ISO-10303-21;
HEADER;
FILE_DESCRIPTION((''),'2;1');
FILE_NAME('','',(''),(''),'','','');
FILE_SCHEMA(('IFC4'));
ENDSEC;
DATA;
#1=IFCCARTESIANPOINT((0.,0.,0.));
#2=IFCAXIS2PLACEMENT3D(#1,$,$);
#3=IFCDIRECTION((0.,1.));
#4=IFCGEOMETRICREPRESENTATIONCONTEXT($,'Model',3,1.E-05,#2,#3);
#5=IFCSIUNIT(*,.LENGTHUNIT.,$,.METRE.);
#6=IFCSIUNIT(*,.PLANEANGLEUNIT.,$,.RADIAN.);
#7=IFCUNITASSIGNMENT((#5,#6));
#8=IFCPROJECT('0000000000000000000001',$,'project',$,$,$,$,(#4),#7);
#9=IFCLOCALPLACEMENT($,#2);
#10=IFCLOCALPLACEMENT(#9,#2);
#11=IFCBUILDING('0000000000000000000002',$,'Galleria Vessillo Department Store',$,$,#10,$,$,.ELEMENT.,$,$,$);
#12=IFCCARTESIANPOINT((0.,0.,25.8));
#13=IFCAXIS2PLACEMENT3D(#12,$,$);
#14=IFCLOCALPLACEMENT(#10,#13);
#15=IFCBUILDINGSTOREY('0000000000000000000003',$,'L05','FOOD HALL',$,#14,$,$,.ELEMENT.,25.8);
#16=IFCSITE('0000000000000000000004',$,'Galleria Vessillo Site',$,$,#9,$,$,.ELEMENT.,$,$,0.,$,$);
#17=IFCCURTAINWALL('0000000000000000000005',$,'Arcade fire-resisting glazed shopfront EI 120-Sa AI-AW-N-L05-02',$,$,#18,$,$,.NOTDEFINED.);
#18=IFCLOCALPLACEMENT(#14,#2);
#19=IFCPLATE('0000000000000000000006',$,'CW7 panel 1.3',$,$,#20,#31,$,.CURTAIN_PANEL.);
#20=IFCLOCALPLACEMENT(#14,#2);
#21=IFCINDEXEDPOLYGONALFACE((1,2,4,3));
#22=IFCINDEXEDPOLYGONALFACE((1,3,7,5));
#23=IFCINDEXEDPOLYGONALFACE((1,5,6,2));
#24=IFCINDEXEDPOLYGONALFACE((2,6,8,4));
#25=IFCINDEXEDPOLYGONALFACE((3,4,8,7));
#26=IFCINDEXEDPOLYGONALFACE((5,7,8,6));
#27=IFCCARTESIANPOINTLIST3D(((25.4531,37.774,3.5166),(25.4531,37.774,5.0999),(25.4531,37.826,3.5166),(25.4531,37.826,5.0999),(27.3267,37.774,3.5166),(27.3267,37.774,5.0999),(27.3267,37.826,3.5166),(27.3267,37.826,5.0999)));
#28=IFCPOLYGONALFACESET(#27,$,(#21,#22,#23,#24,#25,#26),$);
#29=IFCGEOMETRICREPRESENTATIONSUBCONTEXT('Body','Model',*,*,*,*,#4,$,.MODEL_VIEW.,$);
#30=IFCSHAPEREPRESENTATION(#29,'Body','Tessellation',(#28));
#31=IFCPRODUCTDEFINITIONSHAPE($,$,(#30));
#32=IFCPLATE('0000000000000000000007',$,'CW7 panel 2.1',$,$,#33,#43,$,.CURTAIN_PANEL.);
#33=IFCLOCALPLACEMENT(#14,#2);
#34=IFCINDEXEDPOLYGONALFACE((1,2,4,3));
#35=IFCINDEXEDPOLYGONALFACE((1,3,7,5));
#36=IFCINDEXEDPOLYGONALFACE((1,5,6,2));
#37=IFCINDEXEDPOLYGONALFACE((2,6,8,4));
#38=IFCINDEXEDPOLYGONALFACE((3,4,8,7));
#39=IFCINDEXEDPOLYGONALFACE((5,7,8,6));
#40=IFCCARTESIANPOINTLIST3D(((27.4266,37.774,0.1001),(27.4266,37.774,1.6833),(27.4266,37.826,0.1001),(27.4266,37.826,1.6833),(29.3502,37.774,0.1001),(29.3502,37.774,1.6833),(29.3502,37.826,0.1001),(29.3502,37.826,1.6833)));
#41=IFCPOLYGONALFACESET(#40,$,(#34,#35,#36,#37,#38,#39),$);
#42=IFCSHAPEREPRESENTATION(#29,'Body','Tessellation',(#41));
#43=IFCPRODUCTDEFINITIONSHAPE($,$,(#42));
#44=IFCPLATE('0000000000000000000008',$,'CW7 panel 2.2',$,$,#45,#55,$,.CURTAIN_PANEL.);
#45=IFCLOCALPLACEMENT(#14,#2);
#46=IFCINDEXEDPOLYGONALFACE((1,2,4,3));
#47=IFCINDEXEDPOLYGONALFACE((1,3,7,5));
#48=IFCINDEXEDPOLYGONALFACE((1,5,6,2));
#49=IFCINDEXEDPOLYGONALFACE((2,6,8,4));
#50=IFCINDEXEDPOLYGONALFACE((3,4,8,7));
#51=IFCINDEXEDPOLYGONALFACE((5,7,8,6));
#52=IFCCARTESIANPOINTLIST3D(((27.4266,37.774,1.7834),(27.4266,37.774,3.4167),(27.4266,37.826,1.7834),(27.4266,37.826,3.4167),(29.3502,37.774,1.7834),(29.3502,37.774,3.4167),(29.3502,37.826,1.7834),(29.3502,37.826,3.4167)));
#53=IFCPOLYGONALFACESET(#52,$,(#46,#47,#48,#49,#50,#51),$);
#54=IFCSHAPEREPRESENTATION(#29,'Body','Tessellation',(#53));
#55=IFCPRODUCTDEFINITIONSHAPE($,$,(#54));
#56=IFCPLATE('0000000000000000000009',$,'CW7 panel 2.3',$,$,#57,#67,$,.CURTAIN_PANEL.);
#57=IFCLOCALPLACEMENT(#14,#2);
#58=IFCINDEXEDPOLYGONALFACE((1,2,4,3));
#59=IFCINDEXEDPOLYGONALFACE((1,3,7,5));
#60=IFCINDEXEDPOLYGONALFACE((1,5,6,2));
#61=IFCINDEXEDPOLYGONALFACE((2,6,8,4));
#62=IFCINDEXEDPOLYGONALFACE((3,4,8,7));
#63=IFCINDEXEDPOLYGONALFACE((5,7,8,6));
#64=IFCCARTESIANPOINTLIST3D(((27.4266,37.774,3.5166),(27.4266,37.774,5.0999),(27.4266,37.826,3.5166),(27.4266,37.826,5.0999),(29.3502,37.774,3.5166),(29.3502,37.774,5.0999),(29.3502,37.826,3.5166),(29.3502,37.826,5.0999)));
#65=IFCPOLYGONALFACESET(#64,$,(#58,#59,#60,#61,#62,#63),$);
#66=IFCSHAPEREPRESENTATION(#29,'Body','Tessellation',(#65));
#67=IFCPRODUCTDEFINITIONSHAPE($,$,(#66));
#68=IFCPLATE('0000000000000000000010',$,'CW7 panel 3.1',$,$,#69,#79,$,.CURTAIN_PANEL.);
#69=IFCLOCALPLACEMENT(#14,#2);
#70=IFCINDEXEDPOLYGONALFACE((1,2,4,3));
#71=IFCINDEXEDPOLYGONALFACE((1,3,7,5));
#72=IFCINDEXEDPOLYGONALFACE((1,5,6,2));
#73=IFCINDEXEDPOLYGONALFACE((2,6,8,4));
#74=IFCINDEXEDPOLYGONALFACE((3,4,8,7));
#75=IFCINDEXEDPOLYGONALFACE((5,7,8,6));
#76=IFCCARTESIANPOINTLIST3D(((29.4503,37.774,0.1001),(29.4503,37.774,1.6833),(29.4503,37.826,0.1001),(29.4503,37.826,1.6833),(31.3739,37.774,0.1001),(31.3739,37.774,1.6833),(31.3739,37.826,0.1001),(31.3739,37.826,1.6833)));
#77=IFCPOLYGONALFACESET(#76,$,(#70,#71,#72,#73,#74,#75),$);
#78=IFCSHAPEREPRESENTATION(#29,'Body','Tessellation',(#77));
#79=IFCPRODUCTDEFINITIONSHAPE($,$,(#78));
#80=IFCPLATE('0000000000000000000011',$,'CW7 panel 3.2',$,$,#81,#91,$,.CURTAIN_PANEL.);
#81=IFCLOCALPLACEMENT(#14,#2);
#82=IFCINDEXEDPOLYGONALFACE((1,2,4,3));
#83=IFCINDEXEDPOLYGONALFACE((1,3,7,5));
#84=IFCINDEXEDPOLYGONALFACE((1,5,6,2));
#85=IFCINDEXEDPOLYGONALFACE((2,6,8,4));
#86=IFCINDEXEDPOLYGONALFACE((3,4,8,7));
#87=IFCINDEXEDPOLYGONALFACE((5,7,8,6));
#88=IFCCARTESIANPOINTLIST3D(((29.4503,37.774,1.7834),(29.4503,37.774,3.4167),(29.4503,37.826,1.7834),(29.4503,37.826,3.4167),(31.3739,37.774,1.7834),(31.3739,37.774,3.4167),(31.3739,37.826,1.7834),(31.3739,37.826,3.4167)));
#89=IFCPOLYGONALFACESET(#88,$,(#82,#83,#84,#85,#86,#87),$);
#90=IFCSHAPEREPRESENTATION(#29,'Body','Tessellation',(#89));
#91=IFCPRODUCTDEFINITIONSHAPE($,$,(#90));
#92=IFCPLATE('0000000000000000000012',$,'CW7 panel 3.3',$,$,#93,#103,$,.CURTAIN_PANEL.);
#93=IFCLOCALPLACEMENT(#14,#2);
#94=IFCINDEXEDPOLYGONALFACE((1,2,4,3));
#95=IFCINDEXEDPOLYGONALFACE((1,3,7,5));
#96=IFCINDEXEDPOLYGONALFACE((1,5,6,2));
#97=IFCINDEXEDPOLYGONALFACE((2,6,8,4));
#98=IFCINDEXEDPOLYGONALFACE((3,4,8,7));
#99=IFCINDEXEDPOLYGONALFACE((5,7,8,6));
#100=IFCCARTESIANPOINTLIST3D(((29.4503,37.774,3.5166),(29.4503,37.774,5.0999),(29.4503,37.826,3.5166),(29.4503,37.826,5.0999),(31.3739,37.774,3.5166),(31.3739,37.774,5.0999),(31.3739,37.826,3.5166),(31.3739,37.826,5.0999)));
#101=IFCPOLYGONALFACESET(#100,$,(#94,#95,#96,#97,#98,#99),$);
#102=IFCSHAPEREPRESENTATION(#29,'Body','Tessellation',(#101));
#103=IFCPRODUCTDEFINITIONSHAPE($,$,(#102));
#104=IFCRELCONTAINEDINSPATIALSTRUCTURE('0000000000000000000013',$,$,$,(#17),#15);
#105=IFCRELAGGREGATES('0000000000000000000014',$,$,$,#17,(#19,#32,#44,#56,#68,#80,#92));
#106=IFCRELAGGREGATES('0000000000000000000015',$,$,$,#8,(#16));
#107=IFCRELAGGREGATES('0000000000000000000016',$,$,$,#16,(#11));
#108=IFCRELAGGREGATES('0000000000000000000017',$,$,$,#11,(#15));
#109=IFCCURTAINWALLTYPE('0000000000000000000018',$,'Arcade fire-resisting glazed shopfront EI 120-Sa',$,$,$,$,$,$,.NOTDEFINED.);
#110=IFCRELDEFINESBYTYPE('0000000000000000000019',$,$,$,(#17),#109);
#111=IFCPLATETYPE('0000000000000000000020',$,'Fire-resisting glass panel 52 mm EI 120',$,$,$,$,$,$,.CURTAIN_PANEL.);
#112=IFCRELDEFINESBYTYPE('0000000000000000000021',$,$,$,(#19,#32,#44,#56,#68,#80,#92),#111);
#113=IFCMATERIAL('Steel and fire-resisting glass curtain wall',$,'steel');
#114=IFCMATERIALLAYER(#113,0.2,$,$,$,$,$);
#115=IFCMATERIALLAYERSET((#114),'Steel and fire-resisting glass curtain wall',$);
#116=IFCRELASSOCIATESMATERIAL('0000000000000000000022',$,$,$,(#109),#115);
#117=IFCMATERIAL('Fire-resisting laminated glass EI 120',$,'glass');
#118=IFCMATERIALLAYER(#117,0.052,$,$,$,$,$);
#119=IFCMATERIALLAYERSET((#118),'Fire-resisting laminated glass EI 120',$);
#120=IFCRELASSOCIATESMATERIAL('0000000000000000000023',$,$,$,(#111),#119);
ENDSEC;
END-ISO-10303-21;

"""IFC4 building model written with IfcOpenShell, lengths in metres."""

from ifc_helpers import new_model, si_unit, direction, frame, origin, origin_2d, place, context, subcontext, project, spatial, rectangle, extrude, material, layer, layer_set, type_object, element, aggregate, save


model = new_model("IFC4")

# Units and contexts
model_context = context("Model", 3, precision=1e-05, world=origin(), true_north=direction((0.0, 1.0)))
body_context = subcontext(model_context, "Body", "Model", "MODEL_VIEW")
ifc_project = project(units=[si_unit("LENGTHUNIT", "METRE"), si_unit("PLANEANGLEUNIT", "RADIAN")], contexts=[model_context])

# Site, building, storey
site_placement = place(None, origin())
site = spatial("IfcSite", under=ifc_project, at=site_placement, Name="Galleria Vessillo Site", CompositionType="ELEMENT", RefElevation=0.0)
building_placement = place(site_placement, origin())
building = spatial("IfcBuilding", under=site, at=building_placement, Name="Galleria Vessillo Department Store", CompositionType="ELEMENT")
storey_placement = place(building_placement, frame((0.0, 0.0, 25.8)))
storey = spatial("IfcBuildingStorey", under=building, at=storey_placement, Name="L05", Description="FOOD HALL", CompositionType="ELEMENT", Elevation=25.8)

# Curtain wall
ifc_material_1 = material(Name="Steel and fire-resisting glass curtain wall", Category="steel")
ifc_layer_1 = layer(ifc_material_1, 0.2)
ifc_layer_set_1 = layer_set([ifc_layer_1], Name="Steel and fire-resisting glass curtain wall")
curtain_wall_type = type_object("IfcCurtainWallType", Name="Arcade fire-resisting glazed shopfront EI 120-Sa", PredefinedType="NOTDEFINED", material=ifc_layer_set_1)
curtain_wall_1_placement = place(storey_placement, origin())
curtain_wall_1 = element("IfcCurtainWall", 1, at=curtain_wall_1_placement, inside=storey, type_object=curtain_wall_type, Name="Arcade fire-resisting glazed shopfront EI 120-Sa AI-AW-N-L05-02", PredefinedType="NOTDEFINED")

# Plates
ifc_material_2 = material(Name="Fire-resisting laminated glass EI 120", Category="glass")
ifc_layer_2 = layer(ifc_material_2, 0.052)
ifc_layer_set_2 = layer_set([ifc_layer_2], Name="Fire-resisting laminated glass EI 120")
plate_type = type_object("IfcPlateType", Name="Fire-resisting glass panel 52 mm EI 120", PredefinedType="CURTAIN_PANEL", material=ifc_layer_set_2)
plate_1_placement = place(storey_placement, frame((26.3899, 37.8, 3.5166), z_axis=(0.0, 0.0, 1.0), x_axis=(1.0, 0.0, 0.0)))
plate_1 = element("IfcPlate", 2, at=plate_1_placement, type_object=plate_type, Name="CW7 panel 1.3", PredefinedType="CURTAIN_PANEL", context=body_context, shape_type="SweptSolid", body=[
    extrude(rectangle(XDim=1.8735, YDim=0.052, at=origin_2d()), origin(), (0.0, 0.0, 1.0), 1.5833),
])
plate_2_placement = place(storey_placement, frame((28.3884, 37.8, 0.1001), z_axis=(0.0, 0.0, 1.0), x_axis=(1.0, 0.0, 0.0)))
plate_2 = element("IfcPlate", 3, at=plate_2_placement, type_object=plate_type, Name="CW7 panel 2.1", PredefinedType="CURTAIN_PANEL", context=body_context, shape_type="SweptSolid", body=[
    extrude(rectangle(XDim=1.9236, YDim=0.052, at=origin_2d()), origin(), (0.0, 0.0, 1.0), 1.5833),
])
plate_3_placement = place(storey_placement, frame((28.3884, 37.8, 1.7834), z_axis=(0.0, 0.0, 1.0), x_axis=(1.0, 0.0, 0.0)))
plate_3 = element("IfcPlate", 4, at=plate_3_placement, type_object=plate_type, Name="CW7 panel 2.2", PredefinedType="CURTAIN_PANEL", context=body_context, shape_type="SweptSolid", body=[
    extrude(rectangle(XDim=1.9236, YDim=0.052, at=origin_2d()), origin(), (0.0, 0.0, 1.0), 1.6333),
])
plate_4_placement = place(storey_placement, frame((28.3884, 37.8, 3.5166), z_axis=(0.0, 0.0, 1.0), x_axis=(1.0, 0.0, 0.0)))
plate_4 = element("IfcPlate", 5, at=plate_4_placement, type_object=plate_type, Name="CW7 panel 2.3", PredefinedType="CURTAIN_PANEL", context=body_context, shape_type="SweptSolid", body=[
    extrude(rectangle(XDim=1.9236, YDim=0.052, at=origin_2d()), origin(), (0.0, 0.0, 1.0), 1.5833),
])
plate_5_placement = place(storey_placement, frame((30.4121, 37.8, 0.1001), z_axis=(0.0, 0.0, 1.0), x_axis=(1.0, 0.0, 0.0)))
plate_5 = element("IfcPlate", 6, at=plate_5_placement, type_object=plate_type, Name="CW7 panel 3.1", PredefinedType="CURTAIN_PANEL", context=body_context, shape_type="SweptSolid", body=[
    extrude(rectangle(XDim=1.9236, YDim=0.052, at=origin_2d()), origin(), (0.0, 0.0, 1.0), 1.5833),
])
plate_6_placement = place(storey_placement, frame((30.4121, 37.8, 1.7834), z_axis=(0.0, 0.0, 1.0), x_axis=(1.0, 0.0, 0.0)))
plate_6 = element("IfcPlate", 7, at=plate_6_placement, type_object=plate_type, Name="CW7 panel 3.2", PredefinedType="CURTAIN_PANEL", context=body_context, shape_type="SweptSolid", body=[
    extrude(rectangle(XDim=1.9236, YDim=0.052, at=origin_2d()), origin(), (0.0, 0.0, 1.0), 1.6333),
])
plate_7_placement = place(storey_placement, frame((30.4121, 37.8, 3.5166), z_axis=(0.0, 0.0, 1.0), x_axis=(1.0, 0.0, 0.0)))
plate_7 = element("IfcPlate", 8, at=plate_7_placement, type_object=plate_type, Name="CW7 panel 3.3", PredefinedType="CURTAIN_PANEL", context=body_context, shape_type="SweptSolid", body=[
    extrude(rectangle(XDim=1.9236, YDim=0.052, at=origin_2d()), origin(), (0.0, 0.0, 1.0), 1.5833),
])
aggregate(curtain_wall_1, [plate_1, plate_2, plate_3, plate_4, plate_5, plate_6, plate_7])

save(model, "model.ifc")
